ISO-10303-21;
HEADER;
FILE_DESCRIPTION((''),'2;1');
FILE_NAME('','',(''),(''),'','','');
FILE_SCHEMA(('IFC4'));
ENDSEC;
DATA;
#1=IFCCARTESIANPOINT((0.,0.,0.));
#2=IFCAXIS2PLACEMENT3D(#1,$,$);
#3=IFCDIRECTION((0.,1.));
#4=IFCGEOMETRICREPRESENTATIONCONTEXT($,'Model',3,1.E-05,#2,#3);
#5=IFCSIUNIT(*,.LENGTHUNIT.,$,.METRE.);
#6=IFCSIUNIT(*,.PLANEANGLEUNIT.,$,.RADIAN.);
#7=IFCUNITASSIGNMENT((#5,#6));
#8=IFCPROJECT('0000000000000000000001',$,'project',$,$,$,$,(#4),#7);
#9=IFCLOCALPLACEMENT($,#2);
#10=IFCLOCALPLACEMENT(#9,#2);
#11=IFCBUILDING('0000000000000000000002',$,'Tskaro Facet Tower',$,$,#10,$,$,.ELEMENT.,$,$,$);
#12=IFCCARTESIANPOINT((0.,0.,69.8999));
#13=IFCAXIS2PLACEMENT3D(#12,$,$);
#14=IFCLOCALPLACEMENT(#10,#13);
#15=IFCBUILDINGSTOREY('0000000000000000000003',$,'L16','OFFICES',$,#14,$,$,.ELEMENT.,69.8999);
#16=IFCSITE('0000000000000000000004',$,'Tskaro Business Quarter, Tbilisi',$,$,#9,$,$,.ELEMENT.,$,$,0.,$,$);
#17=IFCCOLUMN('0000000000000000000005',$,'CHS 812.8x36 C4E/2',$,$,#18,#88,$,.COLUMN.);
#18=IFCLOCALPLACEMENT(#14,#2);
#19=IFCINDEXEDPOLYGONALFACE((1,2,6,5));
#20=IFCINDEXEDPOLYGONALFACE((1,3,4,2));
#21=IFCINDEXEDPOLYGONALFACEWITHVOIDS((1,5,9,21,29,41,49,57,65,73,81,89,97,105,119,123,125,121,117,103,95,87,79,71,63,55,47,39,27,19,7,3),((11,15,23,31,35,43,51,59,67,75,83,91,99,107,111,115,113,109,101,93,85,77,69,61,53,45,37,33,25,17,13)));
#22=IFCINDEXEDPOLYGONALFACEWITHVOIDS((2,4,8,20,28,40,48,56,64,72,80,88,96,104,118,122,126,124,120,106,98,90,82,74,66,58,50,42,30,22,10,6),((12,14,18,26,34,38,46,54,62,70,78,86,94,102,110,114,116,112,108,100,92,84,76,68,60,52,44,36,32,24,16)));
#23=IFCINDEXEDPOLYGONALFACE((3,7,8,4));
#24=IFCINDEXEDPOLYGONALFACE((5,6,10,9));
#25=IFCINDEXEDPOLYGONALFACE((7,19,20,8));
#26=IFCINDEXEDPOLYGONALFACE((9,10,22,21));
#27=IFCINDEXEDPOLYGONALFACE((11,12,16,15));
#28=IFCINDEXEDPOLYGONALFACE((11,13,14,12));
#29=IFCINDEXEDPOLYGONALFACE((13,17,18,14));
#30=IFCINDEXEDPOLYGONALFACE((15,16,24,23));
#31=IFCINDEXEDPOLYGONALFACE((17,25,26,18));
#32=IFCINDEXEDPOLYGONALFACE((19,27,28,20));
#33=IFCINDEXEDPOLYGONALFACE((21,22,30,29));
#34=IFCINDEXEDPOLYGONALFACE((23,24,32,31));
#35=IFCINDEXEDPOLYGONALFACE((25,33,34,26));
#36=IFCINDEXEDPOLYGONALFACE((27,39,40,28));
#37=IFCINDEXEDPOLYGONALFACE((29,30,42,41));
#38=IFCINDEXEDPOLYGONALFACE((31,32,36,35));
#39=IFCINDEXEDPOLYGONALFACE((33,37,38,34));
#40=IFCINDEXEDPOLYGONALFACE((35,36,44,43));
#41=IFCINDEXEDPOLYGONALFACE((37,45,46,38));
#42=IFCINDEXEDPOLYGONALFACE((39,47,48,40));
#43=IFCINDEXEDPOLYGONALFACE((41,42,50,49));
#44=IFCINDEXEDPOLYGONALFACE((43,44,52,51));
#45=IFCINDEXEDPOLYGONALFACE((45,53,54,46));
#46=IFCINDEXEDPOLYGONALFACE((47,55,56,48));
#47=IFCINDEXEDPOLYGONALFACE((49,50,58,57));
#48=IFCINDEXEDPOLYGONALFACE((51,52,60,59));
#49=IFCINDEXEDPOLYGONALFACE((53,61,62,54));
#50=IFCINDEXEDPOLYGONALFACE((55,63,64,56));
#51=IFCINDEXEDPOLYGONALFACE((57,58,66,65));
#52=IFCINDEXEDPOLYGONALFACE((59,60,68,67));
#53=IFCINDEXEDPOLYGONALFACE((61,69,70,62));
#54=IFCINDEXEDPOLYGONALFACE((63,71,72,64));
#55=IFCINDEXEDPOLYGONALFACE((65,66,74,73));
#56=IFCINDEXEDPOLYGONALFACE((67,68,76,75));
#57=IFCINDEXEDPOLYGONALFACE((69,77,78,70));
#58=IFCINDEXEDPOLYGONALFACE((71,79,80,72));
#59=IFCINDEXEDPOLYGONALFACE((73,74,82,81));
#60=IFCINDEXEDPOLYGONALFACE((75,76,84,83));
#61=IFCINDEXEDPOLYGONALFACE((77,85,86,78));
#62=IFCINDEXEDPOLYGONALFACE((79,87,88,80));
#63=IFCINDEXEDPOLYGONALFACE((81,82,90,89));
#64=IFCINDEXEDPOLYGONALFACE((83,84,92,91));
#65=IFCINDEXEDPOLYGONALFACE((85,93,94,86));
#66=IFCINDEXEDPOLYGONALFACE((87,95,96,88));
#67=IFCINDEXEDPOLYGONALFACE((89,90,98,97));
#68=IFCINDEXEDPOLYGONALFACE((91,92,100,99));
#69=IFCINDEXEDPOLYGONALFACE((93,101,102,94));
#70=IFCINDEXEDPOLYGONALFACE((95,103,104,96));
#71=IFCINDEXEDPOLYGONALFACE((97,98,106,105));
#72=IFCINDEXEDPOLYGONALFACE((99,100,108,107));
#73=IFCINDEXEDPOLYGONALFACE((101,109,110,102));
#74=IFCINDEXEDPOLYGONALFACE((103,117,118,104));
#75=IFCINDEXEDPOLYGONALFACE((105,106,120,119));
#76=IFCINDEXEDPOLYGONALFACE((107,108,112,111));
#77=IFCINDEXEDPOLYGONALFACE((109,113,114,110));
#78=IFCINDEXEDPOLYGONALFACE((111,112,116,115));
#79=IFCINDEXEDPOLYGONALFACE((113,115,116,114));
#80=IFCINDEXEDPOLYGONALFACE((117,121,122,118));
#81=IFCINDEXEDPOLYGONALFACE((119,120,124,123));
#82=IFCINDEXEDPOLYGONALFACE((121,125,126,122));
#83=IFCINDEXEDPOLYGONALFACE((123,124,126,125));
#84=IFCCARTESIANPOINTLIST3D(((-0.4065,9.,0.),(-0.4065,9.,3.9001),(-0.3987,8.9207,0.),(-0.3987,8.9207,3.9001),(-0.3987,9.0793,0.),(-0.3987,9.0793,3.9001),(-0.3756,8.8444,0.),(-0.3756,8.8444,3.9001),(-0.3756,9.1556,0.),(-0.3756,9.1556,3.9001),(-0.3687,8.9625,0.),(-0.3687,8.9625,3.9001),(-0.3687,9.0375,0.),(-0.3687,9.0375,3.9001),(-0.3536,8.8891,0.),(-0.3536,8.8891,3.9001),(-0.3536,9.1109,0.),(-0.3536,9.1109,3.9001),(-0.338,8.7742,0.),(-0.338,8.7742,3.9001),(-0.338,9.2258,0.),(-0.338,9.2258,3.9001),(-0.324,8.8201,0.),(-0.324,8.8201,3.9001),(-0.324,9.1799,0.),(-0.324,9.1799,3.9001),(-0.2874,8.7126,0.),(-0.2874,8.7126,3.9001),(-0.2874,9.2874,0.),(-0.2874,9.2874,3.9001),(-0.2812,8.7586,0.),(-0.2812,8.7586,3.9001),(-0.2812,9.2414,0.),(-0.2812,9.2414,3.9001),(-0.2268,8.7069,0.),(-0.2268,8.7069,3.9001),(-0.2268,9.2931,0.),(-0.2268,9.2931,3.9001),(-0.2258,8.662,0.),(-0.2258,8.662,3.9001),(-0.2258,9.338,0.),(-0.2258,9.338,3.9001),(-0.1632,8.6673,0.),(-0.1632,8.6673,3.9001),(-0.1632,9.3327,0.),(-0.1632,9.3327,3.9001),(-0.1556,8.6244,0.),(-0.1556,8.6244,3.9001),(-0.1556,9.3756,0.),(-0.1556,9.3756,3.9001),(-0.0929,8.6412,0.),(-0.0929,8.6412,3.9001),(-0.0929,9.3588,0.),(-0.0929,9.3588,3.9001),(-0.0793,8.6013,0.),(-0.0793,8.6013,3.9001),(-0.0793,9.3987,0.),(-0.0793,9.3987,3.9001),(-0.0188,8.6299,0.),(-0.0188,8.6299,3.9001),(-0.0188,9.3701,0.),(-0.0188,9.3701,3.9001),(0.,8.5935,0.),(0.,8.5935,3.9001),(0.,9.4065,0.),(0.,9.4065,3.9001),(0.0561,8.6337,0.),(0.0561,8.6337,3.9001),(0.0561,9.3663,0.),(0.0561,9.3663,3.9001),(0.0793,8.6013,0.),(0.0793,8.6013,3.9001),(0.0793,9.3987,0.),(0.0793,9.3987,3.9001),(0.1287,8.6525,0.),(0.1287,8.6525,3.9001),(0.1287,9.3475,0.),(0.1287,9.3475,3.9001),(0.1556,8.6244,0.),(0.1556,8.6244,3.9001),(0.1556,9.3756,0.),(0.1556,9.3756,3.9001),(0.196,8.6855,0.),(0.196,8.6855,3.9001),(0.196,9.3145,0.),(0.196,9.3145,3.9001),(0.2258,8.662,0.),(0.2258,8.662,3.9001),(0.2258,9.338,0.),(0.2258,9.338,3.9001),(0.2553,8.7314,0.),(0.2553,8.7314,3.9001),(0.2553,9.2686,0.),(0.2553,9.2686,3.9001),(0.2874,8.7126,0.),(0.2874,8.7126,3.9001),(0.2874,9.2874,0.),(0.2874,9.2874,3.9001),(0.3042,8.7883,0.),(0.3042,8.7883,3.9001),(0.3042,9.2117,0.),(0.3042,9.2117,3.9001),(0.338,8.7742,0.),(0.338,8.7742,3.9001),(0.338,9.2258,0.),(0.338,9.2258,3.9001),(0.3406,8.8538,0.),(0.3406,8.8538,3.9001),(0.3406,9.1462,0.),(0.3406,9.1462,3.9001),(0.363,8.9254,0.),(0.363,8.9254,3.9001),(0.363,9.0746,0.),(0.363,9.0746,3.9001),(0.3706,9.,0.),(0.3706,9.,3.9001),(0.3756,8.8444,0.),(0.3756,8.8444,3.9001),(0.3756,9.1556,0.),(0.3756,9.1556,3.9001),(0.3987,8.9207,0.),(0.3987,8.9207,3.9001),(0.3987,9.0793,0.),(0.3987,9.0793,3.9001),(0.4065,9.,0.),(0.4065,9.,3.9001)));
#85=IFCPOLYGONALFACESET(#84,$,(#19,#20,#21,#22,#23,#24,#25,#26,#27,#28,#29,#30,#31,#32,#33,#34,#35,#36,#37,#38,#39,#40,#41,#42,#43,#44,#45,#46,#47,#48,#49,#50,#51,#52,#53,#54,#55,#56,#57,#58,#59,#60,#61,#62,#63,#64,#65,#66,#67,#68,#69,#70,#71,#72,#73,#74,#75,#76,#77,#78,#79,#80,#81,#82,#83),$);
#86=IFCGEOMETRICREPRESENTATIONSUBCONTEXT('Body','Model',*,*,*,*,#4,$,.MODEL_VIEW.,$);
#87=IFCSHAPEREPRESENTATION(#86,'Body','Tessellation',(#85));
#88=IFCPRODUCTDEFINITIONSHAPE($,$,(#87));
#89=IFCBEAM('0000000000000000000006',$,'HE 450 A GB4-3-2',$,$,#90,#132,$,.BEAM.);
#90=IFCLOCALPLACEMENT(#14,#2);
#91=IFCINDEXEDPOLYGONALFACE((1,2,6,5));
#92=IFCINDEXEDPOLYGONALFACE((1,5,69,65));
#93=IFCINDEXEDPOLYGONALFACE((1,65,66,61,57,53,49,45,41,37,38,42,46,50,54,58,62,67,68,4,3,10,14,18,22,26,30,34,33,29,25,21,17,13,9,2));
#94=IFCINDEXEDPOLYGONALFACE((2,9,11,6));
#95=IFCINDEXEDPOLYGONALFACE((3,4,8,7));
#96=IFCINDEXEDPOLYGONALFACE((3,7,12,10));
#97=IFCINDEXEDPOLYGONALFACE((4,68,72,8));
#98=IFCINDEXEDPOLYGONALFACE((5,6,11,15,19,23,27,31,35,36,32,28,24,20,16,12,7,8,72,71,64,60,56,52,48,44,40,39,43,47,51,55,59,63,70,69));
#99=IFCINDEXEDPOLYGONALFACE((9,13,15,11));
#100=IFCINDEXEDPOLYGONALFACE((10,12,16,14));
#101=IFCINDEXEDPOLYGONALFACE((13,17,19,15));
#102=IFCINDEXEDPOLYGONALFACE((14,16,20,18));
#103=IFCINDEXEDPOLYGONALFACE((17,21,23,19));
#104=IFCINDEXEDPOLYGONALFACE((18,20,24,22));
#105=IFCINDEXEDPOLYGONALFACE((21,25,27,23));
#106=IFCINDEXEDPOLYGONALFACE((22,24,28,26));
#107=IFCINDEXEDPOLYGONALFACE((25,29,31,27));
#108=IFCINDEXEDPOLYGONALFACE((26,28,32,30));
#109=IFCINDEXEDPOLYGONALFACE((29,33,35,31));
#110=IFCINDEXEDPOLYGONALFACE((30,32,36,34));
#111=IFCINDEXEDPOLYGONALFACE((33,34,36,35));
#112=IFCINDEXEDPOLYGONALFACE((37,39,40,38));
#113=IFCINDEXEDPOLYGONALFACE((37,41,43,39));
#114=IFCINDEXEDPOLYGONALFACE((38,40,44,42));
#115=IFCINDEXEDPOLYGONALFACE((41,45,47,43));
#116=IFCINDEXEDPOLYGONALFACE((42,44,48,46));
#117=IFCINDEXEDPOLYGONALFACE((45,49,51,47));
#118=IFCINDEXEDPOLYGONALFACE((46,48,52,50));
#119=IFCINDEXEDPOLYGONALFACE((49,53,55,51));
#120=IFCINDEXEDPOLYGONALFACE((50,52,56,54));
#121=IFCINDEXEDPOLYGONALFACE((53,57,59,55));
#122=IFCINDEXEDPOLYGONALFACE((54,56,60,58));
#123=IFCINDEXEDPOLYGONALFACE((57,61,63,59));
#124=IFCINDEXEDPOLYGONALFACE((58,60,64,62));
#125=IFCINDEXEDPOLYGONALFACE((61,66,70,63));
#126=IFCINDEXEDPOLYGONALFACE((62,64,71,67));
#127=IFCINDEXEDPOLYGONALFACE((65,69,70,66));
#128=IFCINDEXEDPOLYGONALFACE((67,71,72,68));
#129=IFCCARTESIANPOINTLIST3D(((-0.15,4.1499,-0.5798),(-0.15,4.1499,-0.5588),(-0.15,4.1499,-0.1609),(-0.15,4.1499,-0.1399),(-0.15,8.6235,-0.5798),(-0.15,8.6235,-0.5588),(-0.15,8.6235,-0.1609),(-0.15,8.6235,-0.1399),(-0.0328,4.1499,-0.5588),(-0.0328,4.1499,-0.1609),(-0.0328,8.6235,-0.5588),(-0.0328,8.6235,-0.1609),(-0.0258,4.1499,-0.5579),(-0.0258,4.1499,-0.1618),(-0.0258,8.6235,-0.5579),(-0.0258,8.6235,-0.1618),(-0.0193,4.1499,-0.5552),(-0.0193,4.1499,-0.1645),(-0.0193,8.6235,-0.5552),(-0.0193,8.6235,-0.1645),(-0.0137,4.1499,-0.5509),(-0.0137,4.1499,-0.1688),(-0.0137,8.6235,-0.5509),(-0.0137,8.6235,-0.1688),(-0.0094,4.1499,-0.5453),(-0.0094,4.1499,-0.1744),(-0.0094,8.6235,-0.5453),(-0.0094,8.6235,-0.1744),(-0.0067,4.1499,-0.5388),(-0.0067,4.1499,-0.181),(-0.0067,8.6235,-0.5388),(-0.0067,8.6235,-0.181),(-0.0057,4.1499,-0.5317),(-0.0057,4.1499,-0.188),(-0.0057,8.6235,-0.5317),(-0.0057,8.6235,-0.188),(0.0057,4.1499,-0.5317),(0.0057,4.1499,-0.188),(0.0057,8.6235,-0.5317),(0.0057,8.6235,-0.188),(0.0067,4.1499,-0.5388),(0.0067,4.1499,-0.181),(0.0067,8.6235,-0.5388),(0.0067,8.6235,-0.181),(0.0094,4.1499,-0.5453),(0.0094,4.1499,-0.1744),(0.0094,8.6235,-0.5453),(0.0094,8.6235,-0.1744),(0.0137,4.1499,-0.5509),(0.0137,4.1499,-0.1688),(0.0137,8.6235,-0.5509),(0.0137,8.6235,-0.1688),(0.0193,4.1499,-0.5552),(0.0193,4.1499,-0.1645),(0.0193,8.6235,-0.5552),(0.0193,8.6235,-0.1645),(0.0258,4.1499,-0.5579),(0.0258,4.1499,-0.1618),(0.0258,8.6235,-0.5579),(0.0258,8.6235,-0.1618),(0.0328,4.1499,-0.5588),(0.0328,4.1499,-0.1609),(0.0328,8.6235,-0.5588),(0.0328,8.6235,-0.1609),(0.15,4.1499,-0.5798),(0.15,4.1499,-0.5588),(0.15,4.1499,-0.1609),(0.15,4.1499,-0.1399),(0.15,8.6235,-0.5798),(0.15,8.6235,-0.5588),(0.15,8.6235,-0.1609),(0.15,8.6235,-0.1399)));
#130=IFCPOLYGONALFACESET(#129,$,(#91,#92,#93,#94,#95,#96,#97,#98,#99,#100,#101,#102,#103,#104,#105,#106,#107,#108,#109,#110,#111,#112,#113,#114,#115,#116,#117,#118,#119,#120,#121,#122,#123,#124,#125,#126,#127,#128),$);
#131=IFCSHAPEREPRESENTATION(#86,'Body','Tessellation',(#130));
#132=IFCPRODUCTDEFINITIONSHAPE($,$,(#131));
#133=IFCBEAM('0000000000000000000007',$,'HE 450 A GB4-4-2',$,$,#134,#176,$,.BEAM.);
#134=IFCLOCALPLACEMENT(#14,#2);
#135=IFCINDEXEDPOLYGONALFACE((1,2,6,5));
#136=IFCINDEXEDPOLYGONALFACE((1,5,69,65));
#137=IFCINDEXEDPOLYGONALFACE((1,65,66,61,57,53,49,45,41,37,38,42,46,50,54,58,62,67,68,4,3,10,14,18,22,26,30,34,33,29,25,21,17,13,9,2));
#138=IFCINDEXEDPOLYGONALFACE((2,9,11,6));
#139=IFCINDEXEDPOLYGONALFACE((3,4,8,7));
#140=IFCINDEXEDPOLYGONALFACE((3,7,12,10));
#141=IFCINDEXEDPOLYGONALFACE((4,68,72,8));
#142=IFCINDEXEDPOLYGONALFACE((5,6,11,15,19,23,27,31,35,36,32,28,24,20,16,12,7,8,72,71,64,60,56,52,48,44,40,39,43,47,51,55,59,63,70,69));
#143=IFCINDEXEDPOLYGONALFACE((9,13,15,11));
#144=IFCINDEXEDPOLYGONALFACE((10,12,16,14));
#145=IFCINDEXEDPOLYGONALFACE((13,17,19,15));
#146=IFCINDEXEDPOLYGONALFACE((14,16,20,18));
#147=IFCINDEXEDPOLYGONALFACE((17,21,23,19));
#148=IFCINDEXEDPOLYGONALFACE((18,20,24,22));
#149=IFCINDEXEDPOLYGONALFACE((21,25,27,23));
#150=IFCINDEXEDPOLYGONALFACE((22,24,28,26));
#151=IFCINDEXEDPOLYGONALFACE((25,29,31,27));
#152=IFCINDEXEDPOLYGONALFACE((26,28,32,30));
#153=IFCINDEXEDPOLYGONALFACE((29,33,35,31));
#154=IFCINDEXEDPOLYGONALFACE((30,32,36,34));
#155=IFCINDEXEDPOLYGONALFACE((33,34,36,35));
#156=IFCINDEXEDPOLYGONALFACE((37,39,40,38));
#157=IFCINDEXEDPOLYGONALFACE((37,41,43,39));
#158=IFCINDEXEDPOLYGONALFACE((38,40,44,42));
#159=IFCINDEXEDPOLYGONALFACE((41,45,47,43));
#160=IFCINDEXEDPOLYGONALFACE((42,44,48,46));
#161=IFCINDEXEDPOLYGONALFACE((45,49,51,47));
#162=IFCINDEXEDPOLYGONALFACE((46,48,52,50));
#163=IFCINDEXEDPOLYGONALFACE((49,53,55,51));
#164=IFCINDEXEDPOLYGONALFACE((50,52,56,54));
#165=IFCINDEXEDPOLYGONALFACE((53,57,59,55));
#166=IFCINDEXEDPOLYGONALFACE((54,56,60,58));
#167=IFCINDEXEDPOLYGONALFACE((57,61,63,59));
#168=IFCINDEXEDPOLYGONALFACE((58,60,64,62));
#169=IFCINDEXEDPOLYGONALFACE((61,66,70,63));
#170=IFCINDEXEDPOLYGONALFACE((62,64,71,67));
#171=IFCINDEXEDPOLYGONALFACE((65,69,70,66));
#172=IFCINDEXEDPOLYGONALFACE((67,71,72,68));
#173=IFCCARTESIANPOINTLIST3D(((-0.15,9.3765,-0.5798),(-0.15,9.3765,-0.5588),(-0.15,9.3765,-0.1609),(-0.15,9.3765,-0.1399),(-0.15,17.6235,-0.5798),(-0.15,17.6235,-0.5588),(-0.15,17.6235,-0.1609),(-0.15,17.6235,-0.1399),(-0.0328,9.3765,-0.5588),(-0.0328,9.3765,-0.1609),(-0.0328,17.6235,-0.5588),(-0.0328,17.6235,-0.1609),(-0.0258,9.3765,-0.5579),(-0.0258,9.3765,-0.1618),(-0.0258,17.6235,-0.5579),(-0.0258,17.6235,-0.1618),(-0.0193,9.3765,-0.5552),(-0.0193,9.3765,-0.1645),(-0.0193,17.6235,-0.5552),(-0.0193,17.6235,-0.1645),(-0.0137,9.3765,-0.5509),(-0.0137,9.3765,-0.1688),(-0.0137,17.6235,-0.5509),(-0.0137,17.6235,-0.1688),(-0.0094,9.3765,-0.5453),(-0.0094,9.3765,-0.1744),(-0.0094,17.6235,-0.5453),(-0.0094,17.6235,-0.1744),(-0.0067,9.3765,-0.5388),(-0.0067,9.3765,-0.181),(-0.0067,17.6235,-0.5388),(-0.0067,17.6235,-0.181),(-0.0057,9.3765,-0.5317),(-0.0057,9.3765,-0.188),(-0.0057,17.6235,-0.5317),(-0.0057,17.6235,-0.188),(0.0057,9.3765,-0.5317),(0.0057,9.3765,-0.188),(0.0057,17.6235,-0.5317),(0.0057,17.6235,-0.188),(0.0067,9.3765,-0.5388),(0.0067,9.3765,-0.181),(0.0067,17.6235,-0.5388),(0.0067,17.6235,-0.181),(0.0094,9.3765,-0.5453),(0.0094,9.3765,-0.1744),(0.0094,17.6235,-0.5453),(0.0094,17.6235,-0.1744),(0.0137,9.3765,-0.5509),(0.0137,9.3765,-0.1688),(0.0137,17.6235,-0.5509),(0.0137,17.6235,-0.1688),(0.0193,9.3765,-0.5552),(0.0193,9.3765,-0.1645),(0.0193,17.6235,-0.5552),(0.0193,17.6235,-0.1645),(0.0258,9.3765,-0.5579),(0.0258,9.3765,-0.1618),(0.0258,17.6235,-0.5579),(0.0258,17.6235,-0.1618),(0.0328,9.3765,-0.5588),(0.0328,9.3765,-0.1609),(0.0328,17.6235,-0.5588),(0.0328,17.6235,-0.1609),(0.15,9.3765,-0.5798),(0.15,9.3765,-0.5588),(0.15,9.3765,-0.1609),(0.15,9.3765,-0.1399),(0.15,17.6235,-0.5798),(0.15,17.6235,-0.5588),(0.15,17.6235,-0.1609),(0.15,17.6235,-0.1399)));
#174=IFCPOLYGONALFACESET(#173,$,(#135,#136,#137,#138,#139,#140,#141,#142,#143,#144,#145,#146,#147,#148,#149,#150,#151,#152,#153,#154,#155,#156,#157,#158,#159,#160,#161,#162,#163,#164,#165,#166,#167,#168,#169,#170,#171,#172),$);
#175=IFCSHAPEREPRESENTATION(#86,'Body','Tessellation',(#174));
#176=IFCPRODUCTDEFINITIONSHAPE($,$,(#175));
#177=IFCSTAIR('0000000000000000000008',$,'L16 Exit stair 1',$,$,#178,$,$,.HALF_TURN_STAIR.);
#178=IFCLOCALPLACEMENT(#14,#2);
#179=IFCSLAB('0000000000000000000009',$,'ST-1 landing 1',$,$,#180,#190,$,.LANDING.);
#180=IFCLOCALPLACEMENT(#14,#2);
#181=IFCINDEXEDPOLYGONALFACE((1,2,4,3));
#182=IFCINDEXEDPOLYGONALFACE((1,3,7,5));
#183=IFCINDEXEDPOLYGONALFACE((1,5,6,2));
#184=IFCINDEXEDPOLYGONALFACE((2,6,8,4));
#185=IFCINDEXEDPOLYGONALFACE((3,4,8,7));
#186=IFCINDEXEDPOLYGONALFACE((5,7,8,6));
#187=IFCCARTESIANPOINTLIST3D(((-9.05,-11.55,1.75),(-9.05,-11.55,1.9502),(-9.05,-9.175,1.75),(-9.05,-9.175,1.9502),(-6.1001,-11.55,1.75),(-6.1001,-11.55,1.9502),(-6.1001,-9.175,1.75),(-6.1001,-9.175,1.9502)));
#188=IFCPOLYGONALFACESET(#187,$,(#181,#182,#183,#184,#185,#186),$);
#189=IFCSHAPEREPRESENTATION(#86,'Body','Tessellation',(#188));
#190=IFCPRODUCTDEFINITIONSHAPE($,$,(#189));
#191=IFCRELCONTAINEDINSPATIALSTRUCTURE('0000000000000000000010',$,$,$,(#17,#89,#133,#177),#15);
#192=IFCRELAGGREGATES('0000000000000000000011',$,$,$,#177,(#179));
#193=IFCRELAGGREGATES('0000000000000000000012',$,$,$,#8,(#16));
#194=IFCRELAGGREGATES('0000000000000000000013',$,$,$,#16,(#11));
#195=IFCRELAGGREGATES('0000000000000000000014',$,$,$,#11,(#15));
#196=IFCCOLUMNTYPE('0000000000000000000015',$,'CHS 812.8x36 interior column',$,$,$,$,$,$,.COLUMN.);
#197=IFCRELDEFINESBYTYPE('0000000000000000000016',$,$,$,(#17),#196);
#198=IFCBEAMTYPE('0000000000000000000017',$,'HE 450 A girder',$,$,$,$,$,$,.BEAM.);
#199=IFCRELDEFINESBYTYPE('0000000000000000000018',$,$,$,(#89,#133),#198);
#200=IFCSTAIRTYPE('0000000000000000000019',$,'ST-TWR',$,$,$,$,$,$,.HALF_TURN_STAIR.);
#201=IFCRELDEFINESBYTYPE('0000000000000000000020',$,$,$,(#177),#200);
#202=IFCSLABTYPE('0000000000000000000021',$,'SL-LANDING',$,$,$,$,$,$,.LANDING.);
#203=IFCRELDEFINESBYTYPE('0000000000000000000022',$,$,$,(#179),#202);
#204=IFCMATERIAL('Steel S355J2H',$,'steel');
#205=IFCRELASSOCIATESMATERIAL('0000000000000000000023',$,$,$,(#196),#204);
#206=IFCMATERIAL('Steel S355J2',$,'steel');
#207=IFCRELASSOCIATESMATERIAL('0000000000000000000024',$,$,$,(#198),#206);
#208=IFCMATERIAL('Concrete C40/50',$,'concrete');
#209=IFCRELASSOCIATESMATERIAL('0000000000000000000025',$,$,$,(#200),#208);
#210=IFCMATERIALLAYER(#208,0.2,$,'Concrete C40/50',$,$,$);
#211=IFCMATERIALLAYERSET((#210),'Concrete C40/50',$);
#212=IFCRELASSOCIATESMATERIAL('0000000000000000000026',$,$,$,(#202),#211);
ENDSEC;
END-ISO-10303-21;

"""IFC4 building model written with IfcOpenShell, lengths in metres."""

from ifc_helpers import new_model, si_unit, direction, frame, origin, origin_2d, place, context, subcontext, project, spatial, polyline, hollow_circle, i_section, outline, extrude, material, layer, layer_set, material_profile, profile_set, type_object, element, aggregate, save


model = new_model("IFC4")

# Units and contexts
model_context = context("Model", 3, precision=1e-05, world=origin(), true_north=direction((0.0, 1.0)))
body_context = subcontext(model_context, "Body", "Model", "MODEL_VIEW")
ifc_project = project(units=[si_unit("LENGTHUNIT", "METRE"), si_unit("PLANEANGLEUNIT", "RADIAN")], contexts=[model_context])

# Site, building, storey
site_placement = place(None, origin())
site = spatial("IfcSite", under=ifc_project, at=site_placement, Name="Tskaro Business Quarter, Tbilisi", CompositionType="ELEMENT", RefElevation=0.0)
building_placement = place(site_placement, origin())
building = spatial("IfcBuilding", under=site, at=building_placement, Name="Tskaro Facet Tower", CompositionType="ELEMENT")
storey_placement = place(building_placement, frame((0.0, 0.0, 69.8999)))
storey = spatial("IfcBuildingStorey", under=building, at=storey_placement, Name="L16", Description="OFFICES", CompositionType="ELEMENT", Elevation=69.8999)

# Column
ifc_material_1 = material(Name="Steel S355J2H", Category="steel")
ifc_material_profile_1 = material_profile(ifc_material_1, hollow_circle(Radius=0.4065, WallThickness=0.0359, at=origin_2d()), Name="CHS 812.8x36")
ifc_profile_set_1 = profile_set([ifc_material_profile_1], Name="Steel S355J2H")
column_type = type_object("IfcColumnType", Name="CHS 812.8x36 interior column", PredefinedType="COLUMN", material=ifc_profile_set_1)
column_placement = place(storey_placement, frame((0.0, 9.0, 0.0), z_axis=(0.0, 0.0, 1.0), x_axis=(1.0, 0.0, 0.0)))
element("IfcColumn", 1, at=column_placement, inside=storey, type_object=column_type, Name="CHS 812.8x36 C4E/2", PredefinedType="COLUMN", context=body_context, shape_type="SweptSolid", body=[
    extrude(hollow_circle(Radius=0.4065, WallThickness=0.0359, at=origin_2d()), origin(), (0.0, 0.0, 1.0), 3.9001),
])

# Beams
ifc_material_2 = material(Name="Steel S355J2", Category="steel")
ifc_material_profile_2 = material_profile(ifc_material_2, i_section(OverallWidth=0.3, OverallDepth=0.4399, WebThickness=0.0115, FlangeThickness=0.021, FilletRadius=0.0271, at=origin_2d()), Name="HE 450 A")
ifc_profile_set_2 = profile_set([ifc_material_profile_2], Name="Steel S355J2")
beam_type = type_object("IfcBeamType", Name="HE 450 A girder", PredefinedType="BEAM", material=ifc_profile_set_2)
beam_1_placement = place(storey_placement, frame((0.0, 4.1499, -0.3599), z_axis=(0.0, 1.0, 0.0), x_axis=(-1.0, 0.0, 0.0)))
element("IfcBeam", 2, at=beam_1_placement, inside=storey, type_object=beam_type, Name="HE 450 A GB4-3-2", PredefinedType="BEAM", context=body_context, shape_type="SweptSolid", body=[
    extrude(i_section(OverallWidth=0.3, OverallDepth=0.4399, WebThickness=0.0115, FlangeThickness=0.021, FilletRadius=0.0271, at=origin_2d()), origin(), (0.0, 0.0, 1.0), 4.4736),
])
beam_2_placement = place(storey_placement, frame((0.0, 9.3765, -0.3599), z_axis=(0.0, 1.0, 0.0), x_axis=(-1.0, 0.0, 0.0)))
element("IfcBeam", 3, at=beam_2_placement, inside=storey, type_object=beam_type, Name="HE 450 A GB4-4-2", PredefinedType="BEAM", context=body_context, shape_type="SweptSolid", body=[
    extrude(i_section(OverallWidth=0.3, OverallDepth=0.4399, WebThickness=0.0115, FlangeThickness=0.021, FilletRadius=0.0271, at=origin_2d()), origin(), (0.0, 0.0, 1.0), 8.2471),
])

# Stair, slab
ifc_material_3 = material(Name="Concrete C40/50", Category="concrete")
stair_type = type_object("IfcStairType", Name="ST-TWR", PredefinedType="HALF_TURN_STAIR", material=ifc_material_3)
stair_1_placement = place(storey_placement, origin())
stair_1 = element("IfcStair", 4, at=stair_1_placement, inside=storey, type_object=stair_type, Name="L16 Exit stair 1", PredefinedType="HALF_TURN_STAIR")
ifc_layer_1 = layer(ifc_material_3, 0.2, Name="Concrete C40/50")
ifc_layer_set_1 = layer_set([ifc_layer_1], Name="Concrete C40/50")
slab_type = type_object("IfcSlabType", Name="SL-LANDING", PredefinedType="LANDING", material=ifc_layer_set_1)
slab_1_placement = place(storey_placement, frame((0.0, 0.0, 1.75)))
slab_1 = element("IfcSlab", 5, at=slab_1_placement, type_object=slab_type, Name="ST-1 landing 1", PredefinedType="LANDING", context=body_context, shape_type="SweptSolid", body=[
    extrude(outline(polyline([(-9.05, -11.55), (-6.1001, -11.55), (-6.1001, -9.175), (-9.05, -9.175), (-9.05, -11.55)])), origin(), (0.0, 0.0, 1.0), 0.2002),
])
aggregate(stair_1, [slab_1])

save(model, "model.ifc")
